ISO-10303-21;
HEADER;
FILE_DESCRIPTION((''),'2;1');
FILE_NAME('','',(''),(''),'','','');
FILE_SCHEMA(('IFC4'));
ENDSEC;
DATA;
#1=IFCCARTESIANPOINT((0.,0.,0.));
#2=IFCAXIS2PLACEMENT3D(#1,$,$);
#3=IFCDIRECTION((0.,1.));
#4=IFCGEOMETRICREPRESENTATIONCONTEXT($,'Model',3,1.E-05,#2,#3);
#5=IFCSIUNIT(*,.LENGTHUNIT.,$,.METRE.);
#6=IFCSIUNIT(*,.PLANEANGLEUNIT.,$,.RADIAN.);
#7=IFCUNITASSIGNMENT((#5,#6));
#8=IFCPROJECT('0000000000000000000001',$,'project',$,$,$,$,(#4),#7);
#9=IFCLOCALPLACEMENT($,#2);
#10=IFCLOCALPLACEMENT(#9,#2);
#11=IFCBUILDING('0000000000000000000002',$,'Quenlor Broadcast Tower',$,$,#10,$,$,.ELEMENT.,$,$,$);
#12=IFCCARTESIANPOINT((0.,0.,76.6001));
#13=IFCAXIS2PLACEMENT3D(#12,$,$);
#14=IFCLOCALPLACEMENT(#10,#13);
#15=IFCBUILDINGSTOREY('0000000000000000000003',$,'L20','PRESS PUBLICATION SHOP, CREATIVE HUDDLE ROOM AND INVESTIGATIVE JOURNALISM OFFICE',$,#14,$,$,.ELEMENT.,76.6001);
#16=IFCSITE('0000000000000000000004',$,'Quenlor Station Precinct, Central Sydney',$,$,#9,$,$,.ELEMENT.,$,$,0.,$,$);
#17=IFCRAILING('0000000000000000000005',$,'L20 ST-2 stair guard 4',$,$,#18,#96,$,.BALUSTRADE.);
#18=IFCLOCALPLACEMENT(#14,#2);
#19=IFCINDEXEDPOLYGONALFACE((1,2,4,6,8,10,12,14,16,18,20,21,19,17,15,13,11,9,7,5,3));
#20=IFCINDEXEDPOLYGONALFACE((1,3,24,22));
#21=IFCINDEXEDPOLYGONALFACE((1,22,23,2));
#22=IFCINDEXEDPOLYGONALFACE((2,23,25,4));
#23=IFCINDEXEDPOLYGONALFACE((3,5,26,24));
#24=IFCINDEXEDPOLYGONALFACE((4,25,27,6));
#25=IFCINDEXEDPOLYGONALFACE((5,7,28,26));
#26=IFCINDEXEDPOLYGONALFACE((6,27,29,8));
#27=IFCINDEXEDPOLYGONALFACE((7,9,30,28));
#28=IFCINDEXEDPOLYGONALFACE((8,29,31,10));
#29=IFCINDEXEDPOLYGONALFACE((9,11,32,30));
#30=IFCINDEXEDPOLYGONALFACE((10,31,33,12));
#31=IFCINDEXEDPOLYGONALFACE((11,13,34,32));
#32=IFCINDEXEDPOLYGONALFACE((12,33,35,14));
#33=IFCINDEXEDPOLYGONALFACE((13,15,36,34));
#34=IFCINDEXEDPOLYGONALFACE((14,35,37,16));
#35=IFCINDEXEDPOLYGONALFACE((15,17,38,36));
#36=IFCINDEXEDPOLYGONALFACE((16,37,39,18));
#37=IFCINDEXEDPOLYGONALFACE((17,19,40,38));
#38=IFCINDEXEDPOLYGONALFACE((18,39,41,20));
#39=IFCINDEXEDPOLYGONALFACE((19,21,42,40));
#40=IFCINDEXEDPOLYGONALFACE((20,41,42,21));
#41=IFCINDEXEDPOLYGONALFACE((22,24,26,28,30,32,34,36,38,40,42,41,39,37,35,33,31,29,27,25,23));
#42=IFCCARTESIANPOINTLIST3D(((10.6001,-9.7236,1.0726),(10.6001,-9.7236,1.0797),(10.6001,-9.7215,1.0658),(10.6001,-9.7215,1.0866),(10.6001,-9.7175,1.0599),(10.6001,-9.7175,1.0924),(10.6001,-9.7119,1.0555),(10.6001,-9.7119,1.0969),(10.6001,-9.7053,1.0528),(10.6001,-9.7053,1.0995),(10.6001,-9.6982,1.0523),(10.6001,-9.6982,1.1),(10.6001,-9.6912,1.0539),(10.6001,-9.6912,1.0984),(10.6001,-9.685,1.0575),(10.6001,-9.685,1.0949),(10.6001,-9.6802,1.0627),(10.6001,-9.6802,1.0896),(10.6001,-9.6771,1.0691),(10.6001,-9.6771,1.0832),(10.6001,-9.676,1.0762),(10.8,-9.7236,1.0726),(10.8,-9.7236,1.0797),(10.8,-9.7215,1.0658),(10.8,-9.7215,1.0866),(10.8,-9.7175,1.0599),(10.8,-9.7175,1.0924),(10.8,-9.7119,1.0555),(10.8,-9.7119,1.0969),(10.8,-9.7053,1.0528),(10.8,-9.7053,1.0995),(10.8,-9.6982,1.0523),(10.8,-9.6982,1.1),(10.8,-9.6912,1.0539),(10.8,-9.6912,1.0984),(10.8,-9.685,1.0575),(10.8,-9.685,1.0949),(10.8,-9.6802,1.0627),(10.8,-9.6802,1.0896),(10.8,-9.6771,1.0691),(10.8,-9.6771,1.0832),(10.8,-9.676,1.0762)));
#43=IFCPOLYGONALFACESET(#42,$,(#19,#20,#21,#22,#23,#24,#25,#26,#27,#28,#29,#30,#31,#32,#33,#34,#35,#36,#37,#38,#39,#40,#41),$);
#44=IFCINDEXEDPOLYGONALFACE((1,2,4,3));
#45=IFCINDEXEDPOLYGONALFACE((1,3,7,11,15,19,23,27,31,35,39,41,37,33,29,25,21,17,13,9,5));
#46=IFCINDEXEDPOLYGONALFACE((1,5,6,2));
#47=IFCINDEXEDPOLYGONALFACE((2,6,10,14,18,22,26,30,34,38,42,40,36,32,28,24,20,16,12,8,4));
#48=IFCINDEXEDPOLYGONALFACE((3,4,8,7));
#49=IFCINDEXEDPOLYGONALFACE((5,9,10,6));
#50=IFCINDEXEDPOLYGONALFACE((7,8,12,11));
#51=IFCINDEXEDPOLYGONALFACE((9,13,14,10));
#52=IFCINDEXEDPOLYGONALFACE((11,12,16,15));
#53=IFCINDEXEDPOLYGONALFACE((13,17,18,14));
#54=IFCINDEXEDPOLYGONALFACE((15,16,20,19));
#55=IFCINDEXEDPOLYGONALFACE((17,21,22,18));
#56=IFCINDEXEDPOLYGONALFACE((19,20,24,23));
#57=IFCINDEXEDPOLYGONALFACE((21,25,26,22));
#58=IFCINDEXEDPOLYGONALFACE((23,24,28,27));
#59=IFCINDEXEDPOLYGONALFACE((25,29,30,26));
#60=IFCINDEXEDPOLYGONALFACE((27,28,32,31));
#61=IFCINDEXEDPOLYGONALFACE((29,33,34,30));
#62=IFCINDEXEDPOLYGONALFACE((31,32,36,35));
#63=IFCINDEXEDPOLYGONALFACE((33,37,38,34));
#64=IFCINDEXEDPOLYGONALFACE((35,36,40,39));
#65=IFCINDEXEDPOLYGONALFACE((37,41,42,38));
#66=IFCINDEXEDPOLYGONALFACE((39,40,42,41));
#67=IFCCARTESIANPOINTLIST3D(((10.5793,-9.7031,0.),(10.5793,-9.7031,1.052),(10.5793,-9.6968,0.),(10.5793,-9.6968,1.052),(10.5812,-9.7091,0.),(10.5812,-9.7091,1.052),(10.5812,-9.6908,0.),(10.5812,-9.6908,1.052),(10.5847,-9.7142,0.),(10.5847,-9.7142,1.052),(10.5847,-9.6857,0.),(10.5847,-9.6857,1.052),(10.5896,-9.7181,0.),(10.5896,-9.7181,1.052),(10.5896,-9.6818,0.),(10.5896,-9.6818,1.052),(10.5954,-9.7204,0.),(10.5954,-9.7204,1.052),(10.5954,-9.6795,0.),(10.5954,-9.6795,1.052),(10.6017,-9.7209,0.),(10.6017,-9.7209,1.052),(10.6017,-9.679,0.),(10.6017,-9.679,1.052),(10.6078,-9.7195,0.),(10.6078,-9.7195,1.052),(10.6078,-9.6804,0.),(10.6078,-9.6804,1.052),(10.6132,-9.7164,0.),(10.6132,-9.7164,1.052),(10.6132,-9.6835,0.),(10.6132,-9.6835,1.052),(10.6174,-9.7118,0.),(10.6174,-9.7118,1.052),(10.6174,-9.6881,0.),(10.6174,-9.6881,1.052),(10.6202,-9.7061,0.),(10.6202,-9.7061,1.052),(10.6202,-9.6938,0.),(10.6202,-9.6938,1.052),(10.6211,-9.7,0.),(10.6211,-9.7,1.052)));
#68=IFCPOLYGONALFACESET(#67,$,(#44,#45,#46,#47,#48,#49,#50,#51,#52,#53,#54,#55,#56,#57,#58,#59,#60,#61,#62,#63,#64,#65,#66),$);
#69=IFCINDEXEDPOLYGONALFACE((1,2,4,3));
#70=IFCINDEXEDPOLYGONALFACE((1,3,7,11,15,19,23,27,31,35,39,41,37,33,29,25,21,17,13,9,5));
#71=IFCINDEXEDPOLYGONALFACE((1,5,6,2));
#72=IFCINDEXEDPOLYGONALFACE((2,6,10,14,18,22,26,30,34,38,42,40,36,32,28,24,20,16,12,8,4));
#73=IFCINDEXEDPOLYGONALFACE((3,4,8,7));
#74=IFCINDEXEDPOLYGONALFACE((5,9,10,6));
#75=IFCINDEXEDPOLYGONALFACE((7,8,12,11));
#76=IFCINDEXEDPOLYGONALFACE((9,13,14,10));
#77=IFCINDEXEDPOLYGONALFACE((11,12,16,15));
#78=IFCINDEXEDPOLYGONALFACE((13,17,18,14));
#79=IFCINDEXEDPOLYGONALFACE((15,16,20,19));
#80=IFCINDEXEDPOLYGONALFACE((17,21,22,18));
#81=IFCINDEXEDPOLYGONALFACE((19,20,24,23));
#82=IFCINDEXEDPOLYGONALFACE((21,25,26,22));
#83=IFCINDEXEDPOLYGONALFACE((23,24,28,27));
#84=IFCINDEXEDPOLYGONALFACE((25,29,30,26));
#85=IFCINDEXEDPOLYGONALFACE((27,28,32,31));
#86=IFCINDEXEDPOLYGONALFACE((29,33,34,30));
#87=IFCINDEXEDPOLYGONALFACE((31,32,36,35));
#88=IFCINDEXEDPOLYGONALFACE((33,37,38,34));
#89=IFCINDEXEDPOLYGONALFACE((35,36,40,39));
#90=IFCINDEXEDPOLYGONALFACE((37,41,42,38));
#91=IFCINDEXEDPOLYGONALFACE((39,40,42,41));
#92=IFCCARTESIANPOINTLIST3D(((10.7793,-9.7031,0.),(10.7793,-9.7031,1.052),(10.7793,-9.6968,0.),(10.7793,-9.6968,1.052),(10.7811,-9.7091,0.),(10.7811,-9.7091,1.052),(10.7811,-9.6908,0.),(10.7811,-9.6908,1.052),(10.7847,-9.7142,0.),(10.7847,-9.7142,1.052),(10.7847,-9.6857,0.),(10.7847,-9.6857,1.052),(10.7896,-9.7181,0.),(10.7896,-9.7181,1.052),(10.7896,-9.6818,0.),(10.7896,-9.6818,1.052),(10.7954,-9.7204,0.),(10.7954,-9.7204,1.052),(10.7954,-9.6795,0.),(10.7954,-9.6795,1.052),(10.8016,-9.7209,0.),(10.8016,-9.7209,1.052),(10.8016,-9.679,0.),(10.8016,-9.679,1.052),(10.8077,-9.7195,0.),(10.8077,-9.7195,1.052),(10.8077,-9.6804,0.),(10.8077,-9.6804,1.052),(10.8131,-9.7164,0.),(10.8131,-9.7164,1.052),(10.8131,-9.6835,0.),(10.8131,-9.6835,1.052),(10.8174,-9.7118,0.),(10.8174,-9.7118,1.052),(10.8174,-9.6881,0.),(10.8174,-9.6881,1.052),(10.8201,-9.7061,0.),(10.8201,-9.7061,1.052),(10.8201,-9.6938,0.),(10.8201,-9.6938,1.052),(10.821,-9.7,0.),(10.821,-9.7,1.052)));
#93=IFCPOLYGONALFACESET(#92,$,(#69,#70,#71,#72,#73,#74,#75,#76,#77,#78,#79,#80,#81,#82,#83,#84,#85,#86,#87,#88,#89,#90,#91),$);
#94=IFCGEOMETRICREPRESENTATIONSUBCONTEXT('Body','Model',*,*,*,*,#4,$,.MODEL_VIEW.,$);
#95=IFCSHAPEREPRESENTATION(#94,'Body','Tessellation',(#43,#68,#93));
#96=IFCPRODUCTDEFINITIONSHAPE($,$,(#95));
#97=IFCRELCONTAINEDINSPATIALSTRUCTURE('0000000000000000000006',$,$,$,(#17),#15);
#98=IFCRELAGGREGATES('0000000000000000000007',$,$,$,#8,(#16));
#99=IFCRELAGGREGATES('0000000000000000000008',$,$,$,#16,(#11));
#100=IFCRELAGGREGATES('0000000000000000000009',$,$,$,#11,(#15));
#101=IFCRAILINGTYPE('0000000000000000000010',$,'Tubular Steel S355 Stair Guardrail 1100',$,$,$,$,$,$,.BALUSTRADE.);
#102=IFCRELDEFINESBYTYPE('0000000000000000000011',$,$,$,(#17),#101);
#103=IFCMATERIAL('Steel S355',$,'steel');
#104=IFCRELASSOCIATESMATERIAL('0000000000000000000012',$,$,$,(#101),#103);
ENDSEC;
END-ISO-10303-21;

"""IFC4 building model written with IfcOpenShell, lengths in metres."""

from ifc_helpers import new_model, si_unit, direction, frame, origin, origin_2d, place, context, subcontext, project, spatial, circle, extrude, material, type_object, element, save


model = new_model("IFC4")

# Units and contexts
model_context = context("Model", 3, precision=1e-05, world=origin(), true_north=direction((0.0, 1.0)))
body_context = subcontext(model_context, "Body", "Model", "MODEL_VIEW")
ifc_project = project(units=[si_unit("LENGTHUNIT", "METRE"), si_unit("PLANEANGLEUNIT", "RADIAN")], contexts=[model_context])

# Site, building, storey
site_placement = place(None, origin())
site = spatial("IfcSite", under=ifc_project, at=site_placement, Name="Quenlor Station Precinct, Central Sydney", CompositionType="ELEMENT", RefElevation=0.0)
building_placement = place(site_placement, origin())
building = spatial("IfcBuilding", under=site, at=building_placement, Name="Quenlor Broadcast Tower", CompositionType="ELEMENT")
storey_placement = place(building_placement, frame((0.0, 0.0, 76.6001)))
storey = spatial("IfcBuildingStorey", under=building, at=storey_placement, Name="L20", Description="PRESS PUBLICATION SHOP, CREATIVE HUDDLE ROOM AND INVESTIGATIVE JOURNALISM OFFICE", CompositionType="ELEMENT", Elevation=76.6001)

# Railing
ifc_material_1 = material(Name="Steel S355", Category="steel")
railing_type_1 = type_object("IfcRailingType", Name="Tubular Steel S355 Stair Guardrail 1100", PredefinedType="BALUSTRADE", material=ifc_material_1)
railing_1_placement = place(storey_placement, frame((10.6001, -9.7, 0.0)))
element("IfcRailing", 1, at=railing_1_placement, inside=storey, type_object=railing_type_1, Name="L20 ST-2 stair guard 4", PredefinedType="BALUSTRADE", context=body_context, shape_type="SweptSolid", body=[
    extrude(circle(Radius=0.0239, at=origin_2d()), frame((0.0, 0.0, 1.0762), z_axis=(1.0, 0.0, 0.0), x_axis=(0.0, 1.0, 0.0)), (0.0, 0.0, 1.0), 0.2),
    extrude(circle(Radius=0.021, at=origin_2d()), origin(), (0.0, 0.0, 1.0), 1.052),
    extrude(circle(Radius=0.021, at=origin_2d()), frame((0.2, 0.0, 0.0)), (0.0, 0.0, 1.0), 1.052),
])

save(model, "model.ifc")
